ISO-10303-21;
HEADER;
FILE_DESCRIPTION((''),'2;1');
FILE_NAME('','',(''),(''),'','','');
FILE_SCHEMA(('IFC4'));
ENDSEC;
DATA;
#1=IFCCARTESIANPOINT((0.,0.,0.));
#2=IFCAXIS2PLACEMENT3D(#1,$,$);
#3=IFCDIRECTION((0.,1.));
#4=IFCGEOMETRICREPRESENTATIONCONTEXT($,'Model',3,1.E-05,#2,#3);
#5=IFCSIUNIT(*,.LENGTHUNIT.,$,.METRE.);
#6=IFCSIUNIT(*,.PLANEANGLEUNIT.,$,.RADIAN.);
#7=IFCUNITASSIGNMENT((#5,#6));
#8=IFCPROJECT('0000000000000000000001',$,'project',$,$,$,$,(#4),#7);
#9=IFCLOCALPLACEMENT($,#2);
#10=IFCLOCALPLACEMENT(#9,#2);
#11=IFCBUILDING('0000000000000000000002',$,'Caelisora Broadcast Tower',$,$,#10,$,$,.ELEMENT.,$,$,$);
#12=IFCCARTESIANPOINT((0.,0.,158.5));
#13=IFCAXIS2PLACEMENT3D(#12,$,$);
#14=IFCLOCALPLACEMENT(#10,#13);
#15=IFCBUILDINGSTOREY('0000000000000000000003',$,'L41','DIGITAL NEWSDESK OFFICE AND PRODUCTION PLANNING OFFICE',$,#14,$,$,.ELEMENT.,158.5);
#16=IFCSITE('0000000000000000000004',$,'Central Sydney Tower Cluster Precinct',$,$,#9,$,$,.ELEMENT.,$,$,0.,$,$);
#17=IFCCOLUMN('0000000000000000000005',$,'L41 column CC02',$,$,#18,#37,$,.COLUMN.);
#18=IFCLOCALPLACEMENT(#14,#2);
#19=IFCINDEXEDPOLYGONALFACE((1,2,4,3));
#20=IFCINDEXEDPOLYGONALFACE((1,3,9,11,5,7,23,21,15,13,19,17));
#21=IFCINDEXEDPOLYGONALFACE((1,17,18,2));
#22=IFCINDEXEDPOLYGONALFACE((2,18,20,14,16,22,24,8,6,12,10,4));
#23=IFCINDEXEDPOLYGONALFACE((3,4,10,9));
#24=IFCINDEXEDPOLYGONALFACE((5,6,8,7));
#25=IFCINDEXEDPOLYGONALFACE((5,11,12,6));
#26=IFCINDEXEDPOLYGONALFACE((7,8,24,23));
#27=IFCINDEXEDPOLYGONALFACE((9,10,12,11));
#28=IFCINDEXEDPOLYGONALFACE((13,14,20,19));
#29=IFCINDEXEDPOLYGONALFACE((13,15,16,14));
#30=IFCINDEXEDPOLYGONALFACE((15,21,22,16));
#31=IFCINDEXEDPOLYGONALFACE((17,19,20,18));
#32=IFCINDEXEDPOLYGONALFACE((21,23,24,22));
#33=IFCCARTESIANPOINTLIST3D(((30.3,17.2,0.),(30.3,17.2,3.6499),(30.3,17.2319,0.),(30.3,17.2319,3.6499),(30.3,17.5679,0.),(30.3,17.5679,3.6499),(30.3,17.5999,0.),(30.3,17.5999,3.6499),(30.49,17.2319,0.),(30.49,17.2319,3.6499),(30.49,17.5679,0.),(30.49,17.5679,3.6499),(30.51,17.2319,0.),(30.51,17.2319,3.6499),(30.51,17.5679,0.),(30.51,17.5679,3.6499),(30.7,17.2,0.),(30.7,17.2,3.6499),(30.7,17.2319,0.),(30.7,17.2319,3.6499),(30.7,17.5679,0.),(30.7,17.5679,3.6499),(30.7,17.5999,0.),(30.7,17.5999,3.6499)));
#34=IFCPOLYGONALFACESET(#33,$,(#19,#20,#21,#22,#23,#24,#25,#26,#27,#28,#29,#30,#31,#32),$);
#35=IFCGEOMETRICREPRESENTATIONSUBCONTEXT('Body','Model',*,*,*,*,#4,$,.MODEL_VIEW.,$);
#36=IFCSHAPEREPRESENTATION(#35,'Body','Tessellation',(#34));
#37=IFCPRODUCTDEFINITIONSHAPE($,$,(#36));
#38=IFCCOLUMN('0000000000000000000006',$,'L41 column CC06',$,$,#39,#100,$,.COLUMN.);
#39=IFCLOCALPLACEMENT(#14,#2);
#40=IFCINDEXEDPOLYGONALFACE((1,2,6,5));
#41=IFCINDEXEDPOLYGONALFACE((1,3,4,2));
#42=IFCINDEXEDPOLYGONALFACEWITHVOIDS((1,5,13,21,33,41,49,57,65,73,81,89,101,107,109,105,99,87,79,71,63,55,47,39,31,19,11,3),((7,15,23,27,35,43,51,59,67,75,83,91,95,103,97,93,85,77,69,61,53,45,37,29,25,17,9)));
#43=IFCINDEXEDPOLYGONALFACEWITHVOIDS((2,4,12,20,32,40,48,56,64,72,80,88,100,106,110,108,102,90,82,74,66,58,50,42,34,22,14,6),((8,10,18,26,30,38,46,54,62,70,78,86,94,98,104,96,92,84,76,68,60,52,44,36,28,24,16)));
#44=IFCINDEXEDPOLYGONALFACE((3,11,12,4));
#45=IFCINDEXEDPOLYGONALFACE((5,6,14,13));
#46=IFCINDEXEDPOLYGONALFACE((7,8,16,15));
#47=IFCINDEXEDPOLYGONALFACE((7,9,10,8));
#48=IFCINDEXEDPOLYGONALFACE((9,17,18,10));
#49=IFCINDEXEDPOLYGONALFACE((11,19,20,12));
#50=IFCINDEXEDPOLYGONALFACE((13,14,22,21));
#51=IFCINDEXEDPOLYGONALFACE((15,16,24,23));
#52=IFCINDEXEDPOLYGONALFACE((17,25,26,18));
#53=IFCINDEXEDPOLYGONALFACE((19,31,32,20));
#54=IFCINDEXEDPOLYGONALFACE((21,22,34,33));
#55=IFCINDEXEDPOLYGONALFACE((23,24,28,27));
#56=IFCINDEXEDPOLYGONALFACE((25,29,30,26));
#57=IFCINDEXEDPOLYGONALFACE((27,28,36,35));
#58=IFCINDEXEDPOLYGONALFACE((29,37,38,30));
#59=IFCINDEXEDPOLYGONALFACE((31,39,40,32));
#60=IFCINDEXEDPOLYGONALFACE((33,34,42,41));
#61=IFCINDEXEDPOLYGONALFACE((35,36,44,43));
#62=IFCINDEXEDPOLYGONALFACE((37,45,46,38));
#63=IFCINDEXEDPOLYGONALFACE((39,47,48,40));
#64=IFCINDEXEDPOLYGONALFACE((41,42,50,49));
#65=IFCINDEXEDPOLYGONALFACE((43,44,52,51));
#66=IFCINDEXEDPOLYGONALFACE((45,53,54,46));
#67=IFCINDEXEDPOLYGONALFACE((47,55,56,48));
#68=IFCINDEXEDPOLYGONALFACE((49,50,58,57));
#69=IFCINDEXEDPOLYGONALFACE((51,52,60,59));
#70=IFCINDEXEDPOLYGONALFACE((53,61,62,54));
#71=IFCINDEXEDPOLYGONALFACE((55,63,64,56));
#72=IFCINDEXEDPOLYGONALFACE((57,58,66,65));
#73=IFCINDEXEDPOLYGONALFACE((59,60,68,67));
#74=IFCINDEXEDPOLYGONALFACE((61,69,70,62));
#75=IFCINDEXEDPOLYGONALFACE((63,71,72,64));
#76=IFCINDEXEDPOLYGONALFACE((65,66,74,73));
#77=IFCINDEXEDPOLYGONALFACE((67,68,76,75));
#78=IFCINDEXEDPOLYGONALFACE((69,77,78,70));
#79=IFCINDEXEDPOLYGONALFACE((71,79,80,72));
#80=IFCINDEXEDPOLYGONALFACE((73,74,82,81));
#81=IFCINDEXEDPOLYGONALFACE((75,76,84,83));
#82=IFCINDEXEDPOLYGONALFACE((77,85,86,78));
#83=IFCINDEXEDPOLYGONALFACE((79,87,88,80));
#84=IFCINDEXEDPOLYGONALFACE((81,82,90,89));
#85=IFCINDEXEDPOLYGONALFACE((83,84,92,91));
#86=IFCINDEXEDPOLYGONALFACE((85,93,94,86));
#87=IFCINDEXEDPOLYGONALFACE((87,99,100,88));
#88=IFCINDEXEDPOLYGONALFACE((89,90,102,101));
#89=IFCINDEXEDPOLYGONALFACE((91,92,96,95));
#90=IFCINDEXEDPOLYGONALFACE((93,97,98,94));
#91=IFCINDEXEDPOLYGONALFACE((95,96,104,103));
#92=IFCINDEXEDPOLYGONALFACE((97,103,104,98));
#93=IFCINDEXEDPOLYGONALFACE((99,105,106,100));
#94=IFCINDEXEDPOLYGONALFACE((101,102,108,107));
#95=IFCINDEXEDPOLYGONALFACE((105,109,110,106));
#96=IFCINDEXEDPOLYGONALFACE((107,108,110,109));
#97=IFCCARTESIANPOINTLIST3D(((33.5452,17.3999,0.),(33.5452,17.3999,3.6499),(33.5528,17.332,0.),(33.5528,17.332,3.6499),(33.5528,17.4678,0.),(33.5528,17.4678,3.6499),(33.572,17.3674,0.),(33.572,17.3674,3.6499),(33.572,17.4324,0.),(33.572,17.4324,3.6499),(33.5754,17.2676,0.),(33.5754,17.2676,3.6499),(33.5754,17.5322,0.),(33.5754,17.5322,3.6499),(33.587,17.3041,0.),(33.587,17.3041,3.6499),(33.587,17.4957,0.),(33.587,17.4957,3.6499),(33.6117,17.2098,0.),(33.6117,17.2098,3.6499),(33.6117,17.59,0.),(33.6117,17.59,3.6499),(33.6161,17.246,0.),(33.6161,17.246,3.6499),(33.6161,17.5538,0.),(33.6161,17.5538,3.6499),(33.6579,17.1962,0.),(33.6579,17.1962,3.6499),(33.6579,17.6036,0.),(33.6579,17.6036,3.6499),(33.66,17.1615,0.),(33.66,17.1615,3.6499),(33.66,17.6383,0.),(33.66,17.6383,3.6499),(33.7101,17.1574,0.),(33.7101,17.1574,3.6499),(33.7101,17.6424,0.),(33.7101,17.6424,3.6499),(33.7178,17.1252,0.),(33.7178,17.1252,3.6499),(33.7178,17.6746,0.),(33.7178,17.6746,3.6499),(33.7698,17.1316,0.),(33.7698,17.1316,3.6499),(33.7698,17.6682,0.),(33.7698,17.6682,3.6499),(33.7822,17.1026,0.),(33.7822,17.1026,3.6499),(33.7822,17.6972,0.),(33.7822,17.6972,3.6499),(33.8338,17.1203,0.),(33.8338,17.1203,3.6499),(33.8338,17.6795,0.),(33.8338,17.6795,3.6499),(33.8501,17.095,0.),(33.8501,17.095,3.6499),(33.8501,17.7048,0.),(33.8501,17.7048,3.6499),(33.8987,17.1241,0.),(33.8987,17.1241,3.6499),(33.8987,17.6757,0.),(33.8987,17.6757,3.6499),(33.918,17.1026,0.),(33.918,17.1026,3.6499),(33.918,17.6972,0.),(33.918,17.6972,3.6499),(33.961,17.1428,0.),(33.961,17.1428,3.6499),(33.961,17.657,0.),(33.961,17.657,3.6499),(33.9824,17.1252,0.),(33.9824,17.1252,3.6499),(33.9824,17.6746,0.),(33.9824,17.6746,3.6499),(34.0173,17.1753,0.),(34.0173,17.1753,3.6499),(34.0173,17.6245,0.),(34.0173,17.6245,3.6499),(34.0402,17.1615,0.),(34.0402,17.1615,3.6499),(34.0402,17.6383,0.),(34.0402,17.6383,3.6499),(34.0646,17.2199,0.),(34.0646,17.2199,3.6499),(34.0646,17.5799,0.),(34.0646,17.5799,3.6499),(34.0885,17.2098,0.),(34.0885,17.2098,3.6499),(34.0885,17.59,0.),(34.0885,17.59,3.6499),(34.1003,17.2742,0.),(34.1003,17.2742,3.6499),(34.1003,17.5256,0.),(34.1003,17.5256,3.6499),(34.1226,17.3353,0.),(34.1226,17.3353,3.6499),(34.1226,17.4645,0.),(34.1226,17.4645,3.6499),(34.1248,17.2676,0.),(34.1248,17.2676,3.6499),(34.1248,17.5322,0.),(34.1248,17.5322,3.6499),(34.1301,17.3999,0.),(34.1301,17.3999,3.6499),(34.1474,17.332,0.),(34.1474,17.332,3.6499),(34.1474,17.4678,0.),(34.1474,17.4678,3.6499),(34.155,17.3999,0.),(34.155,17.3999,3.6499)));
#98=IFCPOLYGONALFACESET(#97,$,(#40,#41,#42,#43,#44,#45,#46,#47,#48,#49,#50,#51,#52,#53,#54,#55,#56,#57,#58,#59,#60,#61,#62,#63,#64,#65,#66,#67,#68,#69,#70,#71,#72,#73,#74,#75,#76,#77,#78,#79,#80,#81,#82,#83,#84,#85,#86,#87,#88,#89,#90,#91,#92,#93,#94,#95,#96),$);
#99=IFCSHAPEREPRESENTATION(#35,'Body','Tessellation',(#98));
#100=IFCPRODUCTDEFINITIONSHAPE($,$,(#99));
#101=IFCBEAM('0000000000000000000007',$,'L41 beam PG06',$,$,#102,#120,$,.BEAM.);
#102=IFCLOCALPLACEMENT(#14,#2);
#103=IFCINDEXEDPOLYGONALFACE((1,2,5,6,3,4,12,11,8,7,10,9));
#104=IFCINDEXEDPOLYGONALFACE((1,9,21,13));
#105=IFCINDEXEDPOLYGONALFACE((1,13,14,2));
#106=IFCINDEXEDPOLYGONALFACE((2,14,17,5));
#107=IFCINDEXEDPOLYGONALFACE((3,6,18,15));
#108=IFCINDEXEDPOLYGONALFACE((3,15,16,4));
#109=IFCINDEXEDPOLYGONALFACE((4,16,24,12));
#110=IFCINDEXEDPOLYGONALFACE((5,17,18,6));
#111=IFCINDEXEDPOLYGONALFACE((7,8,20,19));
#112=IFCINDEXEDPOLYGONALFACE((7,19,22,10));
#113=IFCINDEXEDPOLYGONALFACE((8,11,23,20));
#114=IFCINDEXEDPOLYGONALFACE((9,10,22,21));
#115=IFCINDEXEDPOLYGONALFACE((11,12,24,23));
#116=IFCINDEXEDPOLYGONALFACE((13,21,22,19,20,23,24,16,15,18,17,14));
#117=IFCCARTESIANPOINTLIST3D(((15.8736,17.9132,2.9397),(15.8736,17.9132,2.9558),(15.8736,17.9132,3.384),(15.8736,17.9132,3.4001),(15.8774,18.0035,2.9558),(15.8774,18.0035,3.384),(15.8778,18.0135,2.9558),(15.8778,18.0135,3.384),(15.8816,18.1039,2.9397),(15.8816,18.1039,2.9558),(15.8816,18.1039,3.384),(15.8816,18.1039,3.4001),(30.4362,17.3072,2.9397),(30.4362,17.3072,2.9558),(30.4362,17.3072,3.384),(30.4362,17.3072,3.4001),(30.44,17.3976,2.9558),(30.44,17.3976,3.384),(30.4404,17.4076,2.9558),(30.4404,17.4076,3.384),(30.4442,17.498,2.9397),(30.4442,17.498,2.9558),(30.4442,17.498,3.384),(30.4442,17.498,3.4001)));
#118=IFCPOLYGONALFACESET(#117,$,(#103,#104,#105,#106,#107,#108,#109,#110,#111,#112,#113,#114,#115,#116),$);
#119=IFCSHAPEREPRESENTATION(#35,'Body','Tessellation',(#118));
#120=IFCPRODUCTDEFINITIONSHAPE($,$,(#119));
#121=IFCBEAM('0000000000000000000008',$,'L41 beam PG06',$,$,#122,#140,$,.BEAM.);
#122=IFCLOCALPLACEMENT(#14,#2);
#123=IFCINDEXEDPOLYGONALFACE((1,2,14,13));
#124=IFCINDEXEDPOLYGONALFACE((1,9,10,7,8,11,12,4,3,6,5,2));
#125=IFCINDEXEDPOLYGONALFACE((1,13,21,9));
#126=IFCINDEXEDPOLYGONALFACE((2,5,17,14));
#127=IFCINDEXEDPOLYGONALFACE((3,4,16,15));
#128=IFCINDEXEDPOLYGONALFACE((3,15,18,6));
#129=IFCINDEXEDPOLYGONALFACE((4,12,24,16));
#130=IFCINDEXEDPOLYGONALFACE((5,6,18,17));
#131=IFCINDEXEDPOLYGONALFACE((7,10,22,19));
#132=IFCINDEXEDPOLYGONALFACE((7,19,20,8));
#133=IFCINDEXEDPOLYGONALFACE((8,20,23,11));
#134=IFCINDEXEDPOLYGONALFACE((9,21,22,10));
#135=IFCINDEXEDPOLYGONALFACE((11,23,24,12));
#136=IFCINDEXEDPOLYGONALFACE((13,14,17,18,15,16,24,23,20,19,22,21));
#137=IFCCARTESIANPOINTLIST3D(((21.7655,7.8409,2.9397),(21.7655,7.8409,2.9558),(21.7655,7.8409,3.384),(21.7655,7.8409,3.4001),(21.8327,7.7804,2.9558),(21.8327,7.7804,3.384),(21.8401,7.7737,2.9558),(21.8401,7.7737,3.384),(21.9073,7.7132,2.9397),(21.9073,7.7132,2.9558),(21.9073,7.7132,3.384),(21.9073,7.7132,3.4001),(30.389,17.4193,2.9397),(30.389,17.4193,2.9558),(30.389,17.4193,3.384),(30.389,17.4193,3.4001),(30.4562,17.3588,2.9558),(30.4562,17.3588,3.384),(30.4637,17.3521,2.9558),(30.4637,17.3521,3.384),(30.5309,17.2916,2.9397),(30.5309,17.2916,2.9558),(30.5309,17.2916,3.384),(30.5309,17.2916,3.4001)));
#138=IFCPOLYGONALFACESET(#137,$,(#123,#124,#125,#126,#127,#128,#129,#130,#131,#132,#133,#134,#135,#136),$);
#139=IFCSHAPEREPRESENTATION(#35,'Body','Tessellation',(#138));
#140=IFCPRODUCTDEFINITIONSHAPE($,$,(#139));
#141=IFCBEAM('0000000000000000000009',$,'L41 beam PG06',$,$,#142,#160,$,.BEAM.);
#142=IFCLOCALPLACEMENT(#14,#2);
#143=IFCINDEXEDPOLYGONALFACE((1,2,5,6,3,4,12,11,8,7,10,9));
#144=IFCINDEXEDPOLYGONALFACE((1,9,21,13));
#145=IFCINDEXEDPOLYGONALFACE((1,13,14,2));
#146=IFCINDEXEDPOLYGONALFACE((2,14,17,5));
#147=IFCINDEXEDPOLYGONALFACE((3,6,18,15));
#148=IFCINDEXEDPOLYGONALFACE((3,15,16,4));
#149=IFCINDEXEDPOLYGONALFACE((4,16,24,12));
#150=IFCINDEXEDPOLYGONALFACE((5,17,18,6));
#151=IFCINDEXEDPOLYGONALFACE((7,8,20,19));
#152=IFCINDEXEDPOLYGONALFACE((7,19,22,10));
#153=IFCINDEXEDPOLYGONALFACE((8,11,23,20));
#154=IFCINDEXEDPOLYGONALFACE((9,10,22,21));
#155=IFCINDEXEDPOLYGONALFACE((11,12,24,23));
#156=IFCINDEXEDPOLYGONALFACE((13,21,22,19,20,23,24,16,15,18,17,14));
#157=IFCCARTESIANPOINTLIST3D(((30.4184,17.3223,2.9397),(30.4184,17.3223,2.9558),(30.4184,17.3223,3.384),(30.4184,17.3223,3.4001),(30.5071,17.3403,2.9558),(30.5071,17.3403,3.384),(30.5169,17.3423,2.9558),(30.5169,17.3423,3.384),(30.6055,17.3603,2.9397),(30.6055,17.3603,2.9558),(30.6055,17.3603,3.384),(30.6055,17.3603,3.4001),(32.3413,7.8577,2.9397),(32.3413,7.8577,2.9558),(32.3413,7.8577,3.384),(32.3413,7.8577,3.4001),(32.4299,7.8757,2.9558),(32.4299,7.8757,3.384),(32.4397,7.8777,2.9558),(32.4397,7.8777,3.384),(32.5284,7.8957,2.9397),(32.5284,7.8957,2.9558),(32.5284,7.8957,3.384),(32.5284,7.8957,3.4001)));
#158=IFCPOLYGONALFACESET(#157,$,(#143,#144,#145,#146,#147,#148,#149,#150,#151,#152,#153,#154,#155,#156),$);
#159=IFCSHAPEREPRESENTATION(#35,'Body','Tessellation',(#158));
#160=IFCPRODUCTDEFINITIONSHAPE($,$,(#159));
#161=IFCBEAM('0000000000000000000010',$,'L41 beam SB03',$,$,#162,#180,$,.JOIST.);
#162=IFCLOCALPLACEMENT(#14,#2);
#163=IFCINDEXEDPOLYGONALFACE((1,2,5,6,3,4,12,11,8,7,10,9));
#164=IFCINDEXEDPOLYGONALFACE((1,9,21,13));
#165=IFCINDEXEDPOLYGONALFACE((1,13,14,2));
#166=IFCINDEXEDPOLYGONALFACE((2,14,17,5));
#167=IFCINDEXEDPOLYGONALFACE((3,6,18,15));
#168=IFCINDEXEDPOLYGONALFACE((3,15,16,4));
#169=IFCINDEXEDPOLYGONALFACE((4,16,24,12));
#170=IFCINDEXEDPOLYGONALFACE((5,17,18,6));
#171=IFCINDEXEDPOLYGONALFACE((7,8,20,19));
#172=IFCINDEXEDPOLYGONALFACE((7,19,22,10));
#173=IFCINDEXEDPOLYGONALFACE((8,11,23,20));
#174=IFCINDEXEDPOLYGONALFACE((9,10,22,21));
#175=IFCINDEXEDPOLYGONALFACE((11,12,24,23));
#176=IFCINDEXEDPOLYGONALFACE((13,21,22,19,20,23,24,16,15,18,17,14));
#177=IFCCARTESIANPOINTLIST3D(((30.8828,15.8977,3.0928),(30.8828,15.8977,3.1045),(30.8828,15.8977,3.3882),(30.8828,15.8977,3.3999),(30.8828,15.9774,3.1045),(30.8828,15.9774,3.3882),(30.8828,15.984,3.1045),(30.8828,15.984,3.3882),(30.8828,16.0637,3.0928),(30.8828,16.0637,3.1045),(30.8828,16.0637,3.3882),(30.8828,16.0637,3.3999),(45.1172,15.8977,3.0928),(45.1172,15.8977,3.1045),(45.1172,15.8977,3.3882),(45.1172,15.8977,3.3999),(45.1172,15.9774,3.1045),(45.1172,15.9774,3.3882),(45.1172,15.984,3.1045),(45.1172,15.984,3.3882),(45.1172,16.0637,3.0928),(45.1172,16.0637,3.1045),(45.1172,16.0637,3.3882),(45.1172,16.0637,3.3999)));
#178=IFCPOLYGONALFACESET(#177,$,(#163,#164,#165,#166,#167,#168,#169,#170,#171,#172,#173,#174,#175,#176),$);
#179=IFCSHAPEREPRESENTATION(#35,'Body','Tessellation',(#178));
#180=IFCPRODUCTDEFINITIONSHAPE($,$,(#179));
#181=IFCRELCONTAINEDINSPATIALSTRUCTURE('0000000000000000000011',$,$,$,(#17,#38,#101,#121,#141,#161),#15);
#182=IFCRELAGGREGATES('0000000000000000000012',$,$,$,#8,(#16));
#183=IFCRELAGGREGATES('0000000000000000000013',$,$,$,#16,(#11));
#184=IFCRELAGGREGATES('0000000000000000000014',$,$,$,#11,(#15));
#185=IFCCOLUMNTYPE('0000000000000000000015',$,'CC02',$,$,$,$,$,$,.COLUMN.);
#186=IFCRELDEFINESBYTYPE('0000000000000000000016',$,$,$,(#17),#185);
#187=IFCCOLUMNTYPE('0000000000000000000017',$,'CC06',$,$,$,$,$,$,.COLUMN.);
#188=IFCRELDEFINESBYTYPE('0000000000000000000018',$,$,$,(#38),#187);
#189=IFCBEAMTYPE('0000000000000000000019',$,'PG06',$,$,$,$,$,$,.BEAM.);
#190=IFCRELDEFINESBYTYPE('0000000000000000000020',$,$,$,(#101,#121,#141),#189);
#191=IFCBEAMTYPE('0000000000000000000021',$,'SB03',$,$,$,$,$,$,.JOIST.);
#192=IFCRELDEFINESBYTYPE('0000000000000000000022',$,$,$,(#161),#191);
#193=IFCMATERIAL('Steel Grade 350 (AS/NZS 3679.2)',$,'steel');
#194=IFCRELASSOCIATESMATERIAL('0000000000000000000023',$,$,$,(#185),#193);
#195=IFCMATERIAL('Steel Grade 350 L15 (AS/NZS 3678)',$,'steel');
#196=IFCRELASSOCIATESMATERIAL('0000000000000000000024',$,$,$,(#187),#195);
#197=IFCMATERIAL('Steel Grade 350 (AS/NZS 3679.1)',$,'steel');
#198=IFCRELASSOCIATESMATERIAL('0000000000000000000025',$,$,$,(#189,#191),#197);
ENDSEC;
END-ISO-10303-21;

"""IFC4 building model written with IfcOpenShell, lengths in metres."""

from ifc_helpers import new_model, si_unit, direction, frame, origin, origin_2d, place, context, subcontext, project, spatial, hollow_circle, i_section, extrude, source, transform, mapped, material, material_profile, profile_set, type_object, type_shapes, element, save


model = new_model("IFC4")

# Units and contexts
model_context = context("Model", 3, precision=1e-05, world=origin(), true_north=direction((0.0, 1.0)))
body_context = subcontext(model_context, "Body", "Model", "MODEL_VIEW")
ifc_project = project(units=[si_unit("LENGTHUNIT", "METRE"), si_unit("PLANEANGLEUNIT", "RADIAN")], contexts=[model_context])

# Site, building, storey
site_placement = place(None, origin())
site = spatial("IfcSite", under=ifc_project, at=site_placement, Name="Central Sydney Tower Cluster Precinct", CompositionType="ELEMENT", RefElevation=0.0)
building_placement = place(site_placement, origin())
building = spatial("IfcBuilding", under=site, at=building_placement, Name="Caelisora Broadcast Tower", CompositionType="ELEMENT")
storey_placement = place(building_placement, frame((0.0, 0.0, 158.5)))
storey = spatial("IfcBuildingStorey", under=building, at=storey_placement, Name="L41", Description="DIGITAL NEWSDESK OFFICE AND PRODUCTION PLANNING OFFICE", CompositionType="ELEMENT", Elevation=158.5)

# Columns
ifc_material_1 = material(Name="Steel Grade 350 (AS/NZS 3679.2)", Category="steel")
ifc_material_profile_1 = material_profile(ifc_material_1, i_section(OverallWidth=0.3999, OverallDepth=0.3999, WebThickness=0.02, FlangeThickness=0.032, at=origin_2d()), Name="Steel Grade 350 (AS/NZS 3679.2)")
ifc_profile_set_1 = profile_set([ifc_material_profile_1], Name="Steel Grade 350 (AS/NZS 3679.2)")
column_type_1 = type_object("IfcColumnType", Name="CC02", PredefinedType="COLUMN", material=ifc_profile_set_1)
shared_shape_1 = source(origin(), body_context, "Body", "SweptSolid", [
    extrude(i_section(OverallWidth=0.3999, OverallDepth=0.3999, WebThickness=0.02, FlangeThickness=0.032, at=origin_2d()), origin(), (0.0, 0.0, 1.0), 3.6499),
])
type_shapes(column_type_1, [shared_shape_1])
column_1_placement = place(storey_placement, frame((30.5, 17.3999, 0.0), z_axis=(0.0, 0.0, 1.0), x_axis=(1.0, 0.0, 0.0)))
element("IfcColumn", 1, at=column_1_placement, inside=storey, type_object=column_type_1, Name="L41 column CC02", PredefinedType="COLUMN", context=body_context, shape_type="MappedRepresentation", body=[
    mapped(shared_shape_1, transform((0.0, 0.0, 0.0), scale=1.0)),
])
ifc_material_2 = material(Name="Steel Grade 350 L15 (AS/NZS 3678)", Category="steel")
ifc_material_profile_2 = material_profile(ifc_material_2, hollow_circle(Radius=0.3049, WallThickness=0.0249, at=origin_2d()), Name="Steel Grade 350 L15 (AS/NZS 3678)")
ifc_profile_set_2 = profile_set([ifc_material_profile_2], Name="Steel Grade 350 L15 (AS/NZS 3678)")
column_type_2 = type_object("IfcColumnType", Name="CC06", PredefinedType="COLUMN", material=ifc_profile_set_2)
shared_shape_2 = source(origin(), body_context, "Body", "SweptSolid", [
    extrude(hollow_circle(Radius=0.3049, WallThickness=0.0249, at=origin_2d()), origin(), (0.0, 0.0, 1.0), 3.6499),
])
type_shapes(column_type_2, [shared_shape_2])
column_2_placement = place(storey_placement, frame((33.8501, 17.3999, 0.0), z_axis=(0.0, 0.0, 1.0), x_axis=(1.0, 0.0, 0.0)))
element("IfcColumn", 2, at=column_2_placement, inside=storey, type_object=column_type_2, Name="L41 column CC06", PredefinedType="COLUMN", context=body_context, shape_type="MappedRepresentation", body=[
    mapped(shared_shape_2, transform((0.0, 0.0, 0.0), scale=1.0)),
])

# Beams
ifc_material_3 = material(Name="Steel Grade 350 (AS/NZS 3679.1)", Category="steel")
ifc_material_profile_3 = material_profile(ifc_material_3, i_section(OverallWidth=0.1909, OverallDepth=0.4604, WebThickness=0.01, FlangeThickness=0.0161, at=origin_2d()), Name="Steel Grade 350 (AS/NZS 3679.1)")
ifc_profile_set_3 = profile_set([ifc_material_profile_3], Name="Steel Grade 350 (AS/NZS 3679.1)")
beam_type_1 = type_object("IfcBeamType", Name="PG06", PredefinedType="BEAM", material=ifc_profile_set_3)
shared_shape_3 = source(origin(), body_context, "Body", "SweptSolid", [
    extrude(i_section(OverallWidth=0.1909, OverallDepth=0.4604, WebThickness=0.01, FlangeThickness=0.0161, at=origin_2d()), origin(), (0.0, 0.0, 1.0), 14.5752),
])
beam_1_placement = place(storey_placement, frame((30.4402, 17.4026, 3.1699), z_axis=(-0.999135, 0.041575, 0.0), x_axis=(-0.041575, -0.999135, 0.0)))
element("IfcBeam", 3, at=beam_1_placement, inside=storey, type_object=beam_type_1, Name="L41 beam PG06", PredefinedType="BEAM", context=body_context, shape_type="MappedRepresentation", body=[
    mapped(shared_shape_3, transform((0.0, 0.0, 0.0), scale=1.0)),
])
shared_shape_4 = source(origin(), body_context, "Body", "SweptSolid", [
    extrude(i_section(OverallWidth=0.1909, OverallDepth=0.4604, WebThickness=0.01, FlangeThickness=0.0161, at=origin_2d()), origin(), (0.0, 0.0, 1.0), 12.8884),
])
beam_2_placement = place(storey_placement, frame((30.46, 17.3555, 3.1699), z_axis=(-0.669093, -0.743178, 0.0), x_axis=(0.743178, -0.669093, 0.0)))
element("IfcBeam", 4, at=beam_2_placement, inside=storey, type_object=beam_type_1, Name="L41 beam PG06", PredefinedType="BEAM", context=body_context, shape_type="MappedRepresentation", body=[
    mapped(shared_shape_4, transform((0.0, 0.0, 0.0), scale=1.0)),
])
shared_shape_5 = source(origin(), body_context, "Body", "SweptSolid", [
    extrude(i_section(OverallWidth=0.1909, OverallDepth=0.4604, WebThickness=0.01, FlangeThickness=0.0161, at=origin_2d()), origin(), (0.0, 0.0, 1.0), 9.658),
])
type_shapes(beam_type_1, [shared_shape_3, shared_shape_4, shared_shape_5])
beam_3_placement = place(storey_placement, frame((30.512, 17.3413, 3.1699), z_axis=(0.199095, -0.97998, 0.0), x_axis=(0.97998, 0.199095, 0.0)))
element("IfcBeam", 5, at=beam_3_placement, inside=storey, type_object=beam_type_1, Name="L41 beam PG06", PredefinedType="BEAM", context=body_context, shape_type="MappedRepresentation", body=[
    mapped(shared_shape_5, transform((0.0, 0.0, 0.0), scale=1.0)),
])
ifc_material_profile_4 = material_profile(ifc_material_3, i_section(OverallWidth=0.166, OverallDepth=0.3071, WebThickness=0.0066, FlangeThickness=0.0117, at=origin_2d()), Name="Steel Grade 350 (AS/NZS 3679.1)")
ifc_profile_set_4 = profile_set([ifc_material_profile_4], Name="Steel Grade 350 (AS/NZS 3679.1)")
beam_type_2 = type_object("IfcBeamType", Name="SB03", PredefinedType="JOIST", material=ifc_profile_set_4)
shared_shape_6 = source(origin(), body_context, "Body", "SweptSolid", [
    extrude(i_section(OverallWidth=0.166, OverallDepth=0.3071, WebThickness=0.0066, FlangeThickness=0.0117, at=origin_2d()), origin(), (0.0, 0.0, 1.0), 14.2344),
])
type_shapes(beam_type_2, [shared_shape_6])
beam_4_placement = place(storey_placement, frame((30.8828, 15.9807, 3.2463), z_axis=(1.0, 0.0, 0.0), x_axis=(0.0, 1.0, 0.0)))
element("IfcBeam", 6, at=beam_4_placement, inside=storey, type_object=beam_type_2, Name="L41 beam SB03", PredefinedType="JOIST", context=body_context, shape_type="MappedRepresentation", body=[
    mapped(shared_shape_6, transform((0.0, 0.0, 0.0), scale=1.0)),
])

save(model, "model.ifc")
